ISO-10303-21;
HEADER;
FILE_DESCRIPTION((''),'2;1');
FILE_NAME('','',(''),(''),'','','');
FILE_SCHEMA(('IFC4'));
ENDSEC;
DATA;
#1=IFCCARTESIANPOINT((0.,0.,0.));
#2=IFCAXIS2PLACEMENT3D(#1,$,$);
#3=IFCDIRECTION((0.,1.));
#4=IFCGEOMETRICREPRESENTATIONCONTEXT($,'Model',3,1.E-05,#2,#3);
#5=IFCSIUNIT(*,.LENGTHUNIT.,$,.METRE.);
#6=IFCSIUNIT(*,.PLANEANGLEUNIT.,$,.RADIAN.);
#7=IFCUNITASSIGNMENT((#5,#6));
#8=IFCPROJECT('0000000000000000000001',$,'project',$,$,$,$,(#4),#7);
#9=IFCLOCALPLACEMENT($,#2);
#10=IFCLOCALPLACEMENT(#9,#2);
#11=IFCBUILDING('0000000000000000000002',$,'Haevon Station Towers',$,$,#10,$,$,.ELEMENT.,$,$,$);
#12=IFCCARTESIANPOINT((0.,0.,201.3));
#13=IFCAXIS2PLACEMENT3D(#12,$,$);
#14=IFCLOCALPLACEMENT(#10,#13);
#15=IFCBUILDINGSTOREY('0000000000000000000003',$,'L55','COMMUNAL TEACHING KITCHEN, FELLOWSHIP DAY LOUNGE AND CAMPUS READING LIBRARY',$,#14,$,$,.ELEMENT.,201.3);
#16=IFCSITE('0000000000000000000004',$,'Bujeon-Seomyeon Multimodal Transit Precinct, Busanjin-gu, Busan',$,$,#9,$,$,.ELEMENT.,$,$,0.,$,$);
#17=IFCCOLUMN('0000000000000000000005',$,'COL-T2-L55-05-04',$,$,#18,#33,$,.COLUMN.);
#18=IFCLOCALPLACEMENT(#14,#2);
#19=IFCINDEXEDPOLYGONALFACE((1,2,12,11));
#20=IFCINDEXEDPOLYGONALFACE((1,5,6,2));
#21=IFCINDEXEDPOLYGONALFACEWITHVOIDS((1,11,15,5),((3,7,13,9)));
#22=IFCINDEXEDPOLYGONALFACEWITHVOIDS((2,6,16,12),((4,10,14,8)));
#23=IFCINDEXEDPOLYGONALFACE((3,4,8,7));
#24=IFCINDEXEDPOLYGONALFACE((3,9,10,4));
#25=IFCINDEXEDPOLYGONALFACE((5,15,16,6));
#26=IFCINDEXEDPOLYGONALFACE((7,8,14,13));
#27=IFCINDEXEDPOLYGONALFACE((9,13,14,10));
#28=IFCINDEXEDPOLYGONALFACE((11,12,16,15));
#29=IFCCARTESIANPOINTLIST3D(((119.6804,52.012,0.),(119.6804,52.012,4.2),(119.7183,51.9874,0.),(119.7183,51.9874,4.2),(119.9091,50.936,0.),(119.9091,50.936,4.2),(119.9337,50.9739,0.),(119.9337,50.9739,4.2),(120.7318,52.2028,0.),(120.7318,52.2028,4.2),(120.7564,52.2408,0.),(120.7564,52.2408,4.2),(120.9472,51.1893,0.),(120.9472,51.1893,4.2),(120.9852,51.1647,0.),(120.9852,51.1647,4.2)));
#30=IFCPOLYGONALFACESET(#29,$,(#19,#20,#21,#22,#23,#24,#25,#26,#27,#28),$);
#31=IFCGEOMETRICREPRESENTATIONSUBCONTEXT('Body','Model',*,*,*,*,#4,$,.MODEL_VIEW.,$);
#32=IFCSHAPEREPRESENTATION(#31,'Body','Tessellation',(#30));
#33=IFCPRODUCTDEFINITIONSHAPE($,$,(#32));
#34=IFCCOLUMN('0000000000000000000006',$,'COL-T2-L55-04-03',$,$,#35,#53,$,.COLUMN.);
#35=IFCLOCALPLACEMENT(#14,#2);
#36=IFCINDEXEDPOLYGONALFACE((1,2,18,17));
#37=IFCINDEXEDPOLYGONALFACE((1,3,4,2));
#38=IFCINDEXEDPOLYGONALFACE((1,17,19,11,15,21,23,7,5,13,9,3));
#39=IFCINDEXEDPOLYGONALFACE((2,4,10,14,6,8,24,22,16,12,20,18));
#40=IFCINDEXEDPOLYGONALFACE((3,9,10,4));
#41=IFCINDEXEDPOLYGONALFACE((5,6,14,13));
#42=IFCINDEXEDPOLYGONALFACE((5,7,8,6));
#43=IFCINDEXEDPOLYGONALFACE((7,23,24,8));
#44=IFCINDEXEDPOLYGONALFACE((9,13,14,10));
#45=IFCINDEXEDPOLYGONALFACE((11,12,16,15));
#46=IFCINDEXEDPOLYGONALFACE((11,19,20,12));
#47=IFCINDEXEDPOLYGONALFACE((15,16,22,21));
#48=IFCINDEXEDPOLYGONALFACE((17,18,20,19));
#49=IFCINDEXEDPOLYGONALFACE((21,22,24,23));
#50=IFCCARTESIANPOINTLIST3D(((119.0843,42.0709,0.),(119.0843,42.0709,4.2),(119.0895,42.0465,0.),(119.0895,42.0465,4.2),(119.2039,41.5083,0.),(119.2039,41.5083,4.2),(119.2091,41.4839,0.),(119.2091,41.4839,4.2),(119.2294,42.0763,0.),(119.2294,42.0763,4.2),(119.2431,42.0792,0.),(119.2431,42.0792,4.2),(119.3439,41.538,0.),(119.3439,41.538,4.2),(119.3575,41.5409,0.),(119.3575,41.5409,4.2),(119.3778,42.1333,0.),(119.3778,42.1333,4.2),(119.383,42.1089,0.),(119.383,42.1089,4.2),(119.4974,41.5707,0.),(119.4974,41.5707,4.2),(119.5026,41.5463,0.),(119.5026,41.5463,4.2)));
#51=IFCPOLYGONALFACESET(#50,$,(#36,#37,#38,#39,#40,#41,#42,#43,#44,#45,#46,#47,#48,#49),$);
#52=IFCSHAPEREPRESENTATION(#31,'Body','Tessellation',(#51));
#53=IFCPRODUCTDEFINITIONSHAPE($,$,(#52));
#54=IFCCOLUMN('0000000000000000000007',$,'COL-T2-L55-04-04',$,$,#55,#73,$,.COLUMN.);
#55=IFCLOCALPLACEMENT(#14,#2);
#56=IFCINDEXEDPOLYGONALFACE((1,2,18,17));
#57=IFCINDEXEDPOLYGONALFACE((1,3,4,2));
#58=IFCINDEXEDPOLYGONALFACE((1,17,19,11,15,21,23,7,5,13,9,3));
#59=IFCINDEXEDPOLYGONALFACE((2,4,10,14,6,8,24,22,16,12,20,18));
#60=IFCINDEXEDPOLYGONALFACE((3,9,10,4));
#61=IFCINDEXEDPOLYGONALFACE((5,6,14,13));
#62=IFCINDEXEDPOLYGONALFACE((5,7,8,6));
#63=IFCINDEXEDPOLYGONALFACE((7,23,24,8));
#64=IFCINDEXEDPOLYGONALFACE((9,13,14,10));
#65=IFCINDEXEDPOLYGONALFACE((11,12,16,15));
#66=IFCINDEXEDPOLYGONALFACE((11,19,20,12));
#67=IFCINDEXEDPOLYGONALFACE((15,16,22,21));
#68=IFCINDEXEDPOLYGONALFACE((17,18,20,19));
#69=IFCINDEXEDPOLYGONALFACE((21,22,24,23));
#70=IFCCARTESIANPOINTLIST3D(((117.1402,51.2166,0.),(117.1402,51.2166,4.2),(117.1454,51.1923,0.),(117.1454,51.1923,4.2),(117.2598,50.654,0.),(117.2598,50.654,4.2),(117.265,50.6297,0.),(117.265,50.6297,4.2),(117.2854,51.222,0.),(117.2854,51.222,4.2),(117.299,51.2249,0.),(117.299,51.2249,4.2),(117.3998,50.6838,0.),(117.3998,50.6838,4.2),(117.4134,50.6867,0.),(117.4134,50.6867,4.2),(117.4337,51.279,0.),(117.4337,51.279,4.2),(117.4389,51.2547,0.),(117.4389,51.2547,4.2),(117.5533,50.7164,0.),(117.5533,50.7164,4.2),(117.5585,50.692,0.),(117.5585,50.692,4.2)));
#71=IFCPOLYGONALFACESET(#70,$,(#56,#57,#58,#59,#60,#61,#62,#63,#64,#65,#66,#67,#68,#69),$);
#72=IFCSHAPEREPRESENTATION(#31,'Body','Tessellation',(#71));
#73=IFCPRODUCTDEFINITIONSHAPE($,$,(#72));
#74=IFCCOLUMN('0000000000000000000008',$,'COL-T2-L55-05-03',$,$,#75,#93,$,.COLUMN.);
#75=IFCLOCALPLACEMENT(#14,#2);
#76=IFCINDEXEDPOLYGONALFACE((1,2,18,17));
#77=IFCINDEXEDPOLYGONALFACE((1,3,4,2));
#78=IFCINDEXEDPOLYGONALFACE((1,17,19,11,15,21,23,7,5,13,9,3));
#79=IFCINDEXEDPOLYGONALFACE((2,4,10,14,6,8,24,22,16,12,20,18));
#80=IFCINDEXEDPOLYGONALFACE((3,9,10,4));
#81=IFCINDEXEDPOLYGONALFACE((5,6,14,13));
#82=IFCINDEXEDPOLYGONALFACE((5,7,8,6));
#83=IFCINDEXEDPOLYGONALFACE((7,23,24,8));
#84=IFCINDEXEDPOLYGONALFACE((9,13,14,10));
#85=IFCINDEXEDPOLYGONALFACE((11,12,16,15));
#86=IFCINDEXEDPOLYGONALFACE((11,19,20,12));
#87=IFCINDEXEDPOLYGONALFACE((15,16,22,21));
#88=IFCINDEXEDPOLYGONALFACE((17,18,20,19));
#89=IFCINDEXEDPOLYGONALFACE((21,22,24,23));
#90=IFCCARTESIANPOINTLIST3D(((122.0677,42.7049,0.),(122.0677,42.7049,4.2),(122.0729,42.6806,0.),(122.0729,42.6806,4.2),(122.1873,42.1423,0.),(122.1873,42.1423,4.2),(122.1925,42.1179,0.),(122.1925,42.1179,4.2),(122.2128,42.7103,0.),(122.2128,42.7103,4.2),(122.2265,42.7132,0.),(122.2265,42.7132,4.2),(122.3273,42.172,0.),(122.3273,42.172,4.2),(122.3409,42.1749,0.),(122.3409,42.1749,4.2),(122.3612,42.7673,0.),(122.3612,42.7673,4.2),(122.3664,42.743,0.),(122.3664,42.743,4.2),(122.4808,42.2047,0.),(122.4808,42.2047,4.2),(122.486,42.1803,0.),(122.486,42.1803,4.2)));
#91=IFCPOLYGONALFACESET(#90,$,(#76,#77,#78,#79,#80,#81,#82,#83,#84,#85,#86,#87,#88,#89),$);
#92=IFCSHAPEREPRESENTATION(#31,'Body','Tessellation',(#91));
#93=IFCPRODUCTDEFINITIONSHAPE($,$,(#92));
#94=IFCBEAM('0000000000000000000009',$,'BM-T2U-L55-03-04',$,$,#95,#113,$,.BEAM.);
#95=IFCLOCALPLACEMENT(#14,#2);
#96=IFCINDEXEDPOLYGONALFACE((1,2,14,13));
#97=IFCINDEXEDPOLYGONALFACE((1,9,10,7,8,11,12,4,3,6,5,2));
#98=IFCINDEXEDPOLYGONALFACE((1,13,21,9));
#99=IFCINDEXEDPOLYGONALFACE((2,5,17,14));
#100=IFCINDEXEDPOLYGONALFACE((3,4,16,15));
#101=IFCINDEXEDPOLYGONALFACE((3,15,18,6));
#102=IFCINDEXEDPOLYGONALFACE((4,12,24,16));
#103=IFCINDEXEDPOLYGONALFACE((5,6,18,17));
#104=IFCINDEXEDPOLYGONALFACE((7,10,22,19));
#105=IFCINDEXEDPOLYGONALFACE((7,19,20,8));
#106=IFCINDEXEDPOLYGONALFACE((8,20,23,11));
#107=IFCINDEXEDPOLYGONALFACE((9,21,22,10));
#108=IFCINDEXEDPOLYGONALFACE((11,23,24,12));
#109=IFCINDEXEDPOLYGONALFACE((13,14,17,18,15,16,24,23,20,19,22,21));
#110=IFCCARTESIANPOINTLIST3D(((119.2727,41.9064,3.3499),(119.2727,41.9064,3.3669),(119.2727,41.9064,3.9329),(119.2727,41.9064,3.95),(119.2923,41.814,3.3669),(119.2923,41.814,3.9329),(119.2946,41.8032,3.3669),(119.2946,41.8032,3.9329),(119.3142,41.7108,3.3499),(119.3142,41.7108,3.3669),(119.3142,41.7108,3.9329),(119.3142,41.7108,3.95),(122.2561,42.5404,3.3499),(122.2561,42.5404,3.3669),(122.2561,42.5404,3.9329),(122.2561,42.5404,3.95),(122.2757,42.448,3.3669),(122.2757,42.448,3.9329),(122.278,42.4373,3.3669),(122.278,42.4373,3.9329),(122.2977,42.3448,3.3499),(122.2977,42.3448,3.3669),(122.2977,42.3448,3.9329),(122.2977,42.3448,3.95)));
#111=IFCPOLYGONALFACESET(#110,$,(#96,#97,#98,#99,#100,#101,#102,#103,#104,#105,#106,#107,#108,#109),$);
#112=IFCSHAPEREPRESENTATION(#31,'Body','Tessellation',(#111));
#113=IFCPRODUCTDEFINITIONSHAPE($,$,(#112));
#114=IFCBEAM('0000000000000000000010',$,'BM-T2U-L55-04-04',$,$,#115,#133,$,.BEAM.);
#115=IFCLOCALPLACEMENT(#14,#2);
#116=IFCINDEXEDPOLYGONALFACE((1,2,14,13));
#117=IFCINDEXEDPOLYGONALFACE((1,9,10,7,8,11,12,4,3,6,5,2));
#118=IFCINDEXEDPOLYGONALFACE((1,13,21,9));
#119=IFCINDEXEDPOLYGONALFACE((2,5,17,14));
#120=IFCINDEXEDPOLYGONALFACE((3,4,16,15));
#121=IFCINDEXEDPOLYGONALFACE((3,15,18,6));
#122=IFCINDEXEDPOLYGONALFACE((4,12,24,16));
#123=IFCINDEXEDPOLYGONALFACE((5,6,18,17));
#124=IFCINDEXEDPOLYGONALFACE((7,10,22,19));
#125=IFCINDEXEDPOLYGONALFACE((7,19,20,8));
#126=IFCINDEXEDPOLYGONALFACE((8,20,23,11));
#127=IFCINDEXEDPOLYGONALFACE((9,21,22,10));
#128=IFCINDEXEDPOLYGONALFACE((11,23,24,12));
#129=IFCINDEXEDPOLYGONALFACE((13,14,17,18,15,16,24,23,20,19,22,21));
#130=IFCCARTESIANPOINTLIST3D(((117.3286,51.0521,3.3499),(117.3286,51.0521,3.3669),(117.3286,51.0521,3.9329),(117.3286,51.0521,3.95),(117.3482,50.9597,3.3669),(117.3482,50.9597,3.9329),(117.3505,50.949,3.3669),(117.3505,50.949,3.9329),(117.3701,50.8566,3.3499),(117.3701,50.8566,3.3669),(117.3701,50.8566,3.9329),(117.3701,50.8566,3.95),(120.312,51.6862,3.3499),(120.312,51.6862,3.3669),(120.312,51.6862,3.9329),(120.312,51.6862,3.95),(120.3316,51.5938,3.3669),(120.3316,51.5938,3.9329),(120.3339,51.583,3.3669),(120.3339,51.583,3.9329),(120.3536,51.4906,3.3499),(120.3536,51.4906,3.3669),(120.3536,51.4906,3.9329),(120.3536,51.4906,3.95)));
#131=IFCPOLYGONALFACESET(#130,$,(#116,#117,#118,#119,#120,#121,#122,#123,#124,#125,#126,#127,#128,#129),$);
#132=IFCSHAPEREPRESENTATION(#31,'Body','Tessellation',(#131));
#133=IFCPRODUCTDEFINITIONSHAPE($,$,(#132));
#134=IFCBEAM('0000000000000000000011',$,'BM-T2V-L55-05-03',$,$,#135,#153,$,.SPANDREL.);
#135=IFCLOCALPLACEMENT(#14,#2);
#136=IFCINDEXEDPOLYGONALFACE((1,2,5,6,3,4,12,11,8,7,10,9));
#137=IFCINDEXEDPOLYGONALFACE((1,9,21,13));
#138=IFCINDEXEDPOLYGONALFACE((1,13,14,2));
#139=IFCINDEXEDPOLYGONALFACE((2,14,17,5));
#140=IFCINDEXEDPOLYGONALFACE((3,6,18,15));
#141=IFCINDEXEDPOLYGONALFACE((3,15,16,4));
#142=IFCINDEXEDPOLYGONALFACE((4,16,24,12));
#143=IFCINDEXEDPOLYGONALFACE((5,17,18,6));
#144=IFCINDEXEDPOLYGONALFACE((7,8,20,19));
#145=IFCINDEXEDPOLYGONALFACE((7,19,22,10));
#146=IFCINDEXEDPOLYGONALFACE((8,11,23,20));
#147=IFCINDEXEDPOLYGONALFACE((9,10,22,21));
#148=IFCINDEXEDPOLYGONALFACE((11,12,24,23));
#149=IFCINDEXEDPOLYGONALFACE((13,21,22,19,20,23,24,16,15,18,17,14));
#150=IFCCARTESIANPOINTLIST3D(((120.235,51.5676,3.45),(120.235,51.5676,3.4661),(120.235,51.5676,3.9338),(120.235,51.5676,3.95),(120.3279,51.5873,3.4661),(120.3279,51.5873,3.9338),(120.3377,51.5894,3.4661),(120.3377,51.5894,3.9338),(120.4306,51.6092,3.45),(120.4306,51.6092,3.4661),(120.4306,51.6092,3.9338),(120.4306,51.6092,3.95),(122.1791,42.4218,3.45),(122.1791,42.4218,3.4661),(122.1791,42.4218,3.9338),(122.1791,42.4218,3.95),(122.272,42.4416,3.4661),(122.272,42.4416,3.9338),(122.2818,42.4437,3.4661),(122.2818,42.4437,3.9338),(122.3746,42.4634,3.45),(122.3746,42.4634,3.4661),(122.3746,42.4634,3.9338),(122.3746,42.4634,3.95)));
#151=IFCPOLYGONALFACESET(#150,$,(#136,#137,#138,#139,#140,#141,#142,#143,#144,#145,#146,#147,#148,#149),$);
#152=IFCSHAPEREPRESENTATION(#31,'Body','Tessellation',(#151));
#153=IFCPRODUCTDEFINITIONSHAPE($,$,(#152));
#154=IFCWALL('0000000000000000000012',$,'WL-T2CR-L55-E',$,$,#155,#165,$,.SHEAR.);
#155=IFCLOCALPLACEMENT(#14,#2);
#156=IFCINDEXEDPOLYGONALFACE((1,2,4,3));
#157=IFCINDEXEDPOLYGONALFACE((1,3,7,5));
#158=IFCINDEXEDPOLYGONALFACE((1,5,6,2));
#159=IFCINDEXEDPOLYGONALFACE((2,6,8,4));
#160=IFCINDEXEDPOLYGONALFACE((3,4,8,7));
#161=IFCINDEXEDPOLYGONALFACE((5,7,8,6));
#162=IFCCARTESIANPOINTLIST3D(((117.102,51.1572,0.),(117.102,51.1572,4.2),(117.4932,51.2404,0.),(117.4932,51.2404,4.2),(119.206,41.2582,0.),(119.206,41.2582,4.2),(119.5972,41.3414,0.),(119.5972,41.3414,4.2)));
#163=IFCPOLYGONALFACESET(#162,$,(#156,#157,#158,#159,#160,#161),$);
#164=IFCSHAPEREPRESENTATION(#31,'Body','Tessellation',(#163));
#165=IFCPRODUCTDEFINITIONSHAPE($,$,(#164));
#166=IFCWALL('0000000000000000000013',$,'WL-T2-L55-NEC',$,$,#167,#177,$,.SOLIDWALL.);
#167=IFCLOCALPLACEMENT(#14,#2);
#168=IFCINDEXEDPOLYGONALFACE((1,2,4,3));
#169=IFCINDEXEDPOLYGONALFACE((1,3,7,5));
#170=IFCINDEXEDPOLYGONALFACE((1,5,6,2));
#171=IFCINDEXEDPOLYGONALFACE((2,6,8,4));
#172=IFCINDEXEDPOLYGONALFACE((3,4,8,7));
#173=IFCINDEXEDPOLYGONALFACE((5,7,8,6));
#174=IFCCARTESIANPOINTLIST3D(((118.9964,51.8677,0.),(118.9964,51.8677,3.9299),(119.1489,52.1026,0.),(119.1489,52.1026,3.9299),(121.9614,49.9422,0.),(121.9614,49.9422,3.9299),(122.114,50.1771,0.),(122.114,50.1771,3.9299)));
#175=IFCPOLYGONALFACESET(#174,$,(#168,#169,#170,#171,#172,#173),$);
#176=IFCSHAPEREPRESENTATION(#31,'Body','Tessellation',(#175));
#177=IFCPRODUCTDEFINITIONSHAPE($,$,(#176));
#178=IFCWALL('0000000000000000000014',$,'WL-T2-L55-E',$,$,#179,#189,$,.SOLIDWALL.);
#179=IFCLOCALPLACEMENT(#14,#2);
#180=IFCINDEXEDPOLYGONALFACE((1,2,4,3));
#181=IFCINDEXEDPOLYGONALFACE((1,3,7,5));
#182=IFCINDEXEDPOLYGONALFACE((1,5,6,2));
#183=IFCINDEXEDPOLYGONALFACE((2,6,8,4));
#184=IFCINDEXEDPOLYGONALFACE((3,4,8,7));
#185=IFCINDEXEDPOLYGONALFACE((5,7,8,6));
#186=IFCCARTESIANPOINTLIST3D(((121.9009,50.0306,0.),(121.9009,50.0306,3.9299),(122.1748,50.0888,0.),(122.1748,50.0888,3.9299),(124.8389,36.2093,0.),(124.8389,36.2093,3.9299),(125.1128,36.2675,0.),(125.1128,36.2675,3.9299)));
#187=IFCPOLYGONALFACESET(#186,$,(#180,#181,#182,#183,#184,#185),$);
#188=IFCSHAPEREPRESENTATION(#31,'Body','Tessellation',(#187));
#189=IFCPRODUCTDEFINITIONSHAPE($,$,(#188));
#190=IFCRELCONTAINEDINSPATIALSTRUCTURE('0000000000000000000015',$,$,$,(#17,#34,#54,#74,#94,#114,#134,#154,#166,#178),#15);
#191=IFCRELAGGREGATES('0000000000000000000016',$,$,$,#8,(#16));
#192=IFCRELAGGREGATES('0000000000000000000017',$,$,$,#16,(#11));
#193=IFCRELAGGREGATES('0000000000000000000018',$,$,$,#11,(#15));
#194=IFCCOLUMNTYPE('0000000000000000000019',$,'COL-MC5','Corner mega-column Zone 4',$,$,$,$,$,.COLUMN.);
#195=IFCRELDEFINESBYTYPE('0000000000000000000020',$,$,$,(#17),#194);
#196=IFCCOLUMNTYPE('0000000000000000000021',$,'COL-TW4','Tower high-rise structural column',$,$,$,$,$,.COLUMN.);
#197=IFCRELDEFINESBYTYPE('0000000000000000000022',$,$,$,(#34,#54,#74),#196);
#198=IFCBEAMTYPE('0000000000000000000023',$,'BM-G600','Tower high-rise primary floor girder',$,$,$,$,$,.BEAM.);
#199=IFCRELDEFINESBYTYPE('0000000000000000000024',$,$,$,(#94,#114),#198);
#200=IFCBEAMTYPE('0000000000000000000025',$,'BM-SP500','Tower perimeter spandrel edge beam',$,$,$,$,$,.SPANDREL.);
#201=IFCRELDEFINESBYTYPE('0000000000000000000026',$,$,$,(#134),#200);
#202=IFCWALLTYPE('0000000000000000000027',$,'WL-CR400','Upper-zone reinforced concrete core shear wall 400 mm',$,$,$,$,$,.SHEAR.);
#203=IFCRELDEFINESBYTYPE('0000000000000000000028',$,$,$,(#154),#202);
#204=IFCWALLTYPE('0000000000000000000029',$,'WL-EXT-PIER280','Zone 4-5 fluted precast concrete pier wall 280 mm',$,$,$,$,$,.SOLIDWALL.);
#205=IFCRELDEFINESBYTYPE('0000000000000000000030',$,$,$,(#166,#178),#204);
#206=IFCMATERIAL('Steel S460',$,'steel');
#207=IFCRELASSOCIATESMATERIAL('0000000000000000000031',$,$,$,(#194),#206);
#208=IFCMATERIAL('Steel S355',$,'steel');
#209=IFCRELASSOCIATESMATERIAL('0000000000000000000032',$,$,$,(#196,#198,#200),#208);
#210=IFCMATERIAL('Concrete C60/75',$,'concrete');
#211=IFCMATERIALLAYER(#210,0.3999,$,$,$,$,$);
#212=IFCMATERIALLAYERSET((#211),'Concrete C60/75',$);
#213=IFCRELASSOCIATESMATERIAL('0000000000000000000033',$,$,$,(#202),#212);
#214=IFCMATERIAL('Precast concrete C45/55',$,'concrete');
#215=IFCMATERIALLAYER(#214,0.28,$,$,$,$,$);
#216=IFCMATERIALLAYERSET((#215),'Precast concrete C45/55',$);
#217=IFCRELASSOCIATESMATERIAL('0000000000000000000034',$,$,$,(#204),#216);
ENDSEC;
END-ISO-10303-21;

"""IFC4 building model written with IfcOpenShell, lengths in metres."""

from ifc_helpers import new_model, si_unit, direction, frame, frame_2d, origin, origin_2d, place, context, subcontext, project, spatial, rectangle, hollow_rectangle, i_section, extrude, material, layer, layer_set, material_profile, profile_set, type_object, element, save


model = new_model("IFC4")

# Units and contexts
model_context = context("Model", 3, precision=1e-05, world=origin(), true_north=direction((0.0, 1.0)))
body_context = subcontext(model_context, "Body", "Model", "MODEL_VIEW")
ifc_project = project(units=[si_unit("LENGTHUNIT", "METRE"), si_unit("PLANEANGLEUNIT", "RADIAN")], contexts=[model_context])

# Site, building, storey
site_placement = place(None, origin())
site = spatial("IfcSite", under=ifc_project, at=site_placement, Name="Bujeon-Seomyeon Multimodal Transit Precinct, Busanjin-gu, Busan", CompositionType="ELEMENT", RefElevation=0.0)
building_placement = place(site_placement, origin())
building = spatial("IfcBuilding", under=site, at=building_placement, Name="Haevon Station Towers", CompositionType="ELEMENT")
storey_placement = place(building_placement, frame((0.0, 0.0, 201.3)))
storey = spatial("IfcBuildingStorey", under=building, at=storey_placement, Name="L55", Description="COMMUNAL TEACHING KITCHEN, FELLOWSHIP DAY LOUNGE AND CAMPUS READING LIBRARY", CompositionType="ELEMENT", Elevation=201.3)

# Columns
ifc_material_1 = material(Name="Steel S460", Category="steel")
ifc_material_profile_1 = material_profile(ifc_material_1, hollow_rectangle(XDim=1.1001, YDim=1.1001, WallThickness=0.032, at=origin_2d()), Name="BOX-1100x1100x32")
ifc_profile_set_1 = profile_set([ifc_material_profile_1], Name="Steel S460")
column_type_1 = type_object("IfcColumnType", Name="COL-MC5", Description="Corner mega-column Zone 4", PredefinedType="COLUMN", material=ifc_profile_set_1)
column_placement = place(storey_placement, frame((120.3328, 51.5884, 0.0), z_axis=(0.0, 0.0, 1.0), x_axis=(0.978148, 0.207912, 0.0)))
element("IfcColumn", 1, at=column_placement, inside=storey, type_object=column_type_1, Name="COL-T2-L55-05-04", PredefinedType="COLUMN", context=body_context, shape_type="SweptSolid", body=[
    extrude(hollow_rectangle(XDim=1.1001, YDim=1.1001, WallThickness=0.032, at=origin_2d()), origin(), (0.0, 0.0, 1.0), 4.2),
])
ifc_material_2 = material(Name="Steel S355", Category="steel")
ifc_material_profile_2 = material_profile(ifc_material_2, i_section(OverallWidth=0.3, OverallDepth=0.6001, WebThickness=0.0139, FlangeThickness=0.0249, at=origin_2d()), Name="H-600x300x14x25")
ifc_profile_set_2 = profile_set([ifc_material_profile_2], Name="Steel S355")
column_type_2 = type_object("IfcColumnType", Name="COL-TW4", Description="Tower high-rise structural column", PredefinedType="COLUMN", material=ifc_profile_set_2)
for number, where, z_axis, x_axis, name in (
    (2, (119.2935, 41.8086, 0.0), (0.0, 0.0, 1.0), (0.978148, 0.207912, 0.0), "COL-T2-L55-04-03"),
    (3, (117.3494, 50.9543, 0.0), (0.0, 0.0, 1.0), (0.978148, 0.207912, 0.0), "COL-T2-L55-04-04"),
    (4, (122.2769, 42.4426, 0.0), (0.0, 0.0, 1.0), (0.978148, 0.207912, 0.0), "COL-T2-L55-05-03"),
):
    element("IfcColumn", number, at=place(storey_placement, frame(where, z_axis=z_axis, x_axis=x_axis)), inside=storey, type_object=column_type_2, Name=name, PredefinedType="COLUMN", context=body_context, shape_type="SweptSolid", body=[
        extrude(i_section(OverallWidth=0.3, OverallDepth=0.6001, WebThickness=0.0139, FlangeThickness=0.0249, at=origin_2d()), origin(), (0.0, 0.0, 1.0), 4.2),
    ])

# Beams
ifc_material_profile_3 = material_profile(ifc_material_2, i_section(OverallWidth=0.2, OverallDepth=0.6001, WebThickness=0.011, FlangeThickness=0.0171, at=origin_2d()), Name="H-600x200x11x17")
ifc_profile_set_3 = profile_set([ifc_material_profile_3], Name="Steel S355")
beam_type_1 = type_object("IfcBeamType", Name="BM-G600", Description="Tower high-rise primary floor girder", PredefinedType="BEAM", material=ifc_profile_set_3)
for number, where, z_axis, x_axis, name in (
    (5, (119.2935, 41.8086, 3.6499), (0.978155, 0.207878, 0.0), (-0.207878, 0.978155, 0.0), "BM-T2U-L55-03-04"),
    (6, (117.3494, 50.9543, 3.6499), (0.978155, 0.207878, 0.0), (-0.207878, 0.978155, 0.0), "BM-T2U-L55-04-04"),
):
    element("IfcBeam", number, at=place(storey_placement, frame(where, z_axis=z_axis, x_axis=x_axis)), inside=storey, type_object=beam_type_1, Name=name, PredefinedType="BEAM", context=body_context, shape_type="SweptSolid", body=[
        extrude(i_section(OverallWidth=0.2, OverallDepth=0.6001, WebThickness=0.011, FlangeThickness=0.0171, at=origin_2d()), origin(), (0.0, 0.0, 1.0), 3.05),
    ])
ifc_material_profile_4 = material_profile(ifc_material_2, i_section(OverallWidth=0.2, OverallDepth=0.5, WebThickness=0.01, FlangeThickness=0.0161, at=origin_2d()), Name="H-500x200x10x16")
ifc_profile_set_4 = profile_set([ifc_material_profile_4], Name="Steel S355")
beam_type_2 = type_object("IfcBeamType", Name="BM-SP500", Description="Tower perimeter spandrel edge beam", PredefinedType="SPANDREL", material=ifc_profile_set_4)
beam_placement = place(storey_placement, frame((122.2769, 42.4426, 3.7), z_axis=(-0.207922, 0.978145, 0.0), x_axis=(-0.978145, -0.207922, 0.0)))
element("IfcBeam", 7, at=beam_placement, inside=storey, type_object=beam_type_2, Name="BM-T2V-L55-05-03", PredefinedType="SPANDREL", context=body_context, shape_type="SweptSolid", body=[
    extrude(i_section(OverallWidth=0.2, OverallDepth=0.5, WebThickness=0.01, FlangeThickness=0.0161, at=origin_2d()), origin(), (0.0, 0.0, 1.0), 9.3501),
])

# Walls
ifc_material_3 = material(Name="Concrete C60/75", Category="concrete")
ifc_layer_1 = layer(ifc_material_3, 0.3999)
ifc_layer_set_1 = layer_set([ifc_layer_1], Name="Concrete C60/75")
wall_type_1 = type_object("IfcWallType", Name="WL-CR400", Description="Upper-zone reinforced concrete core shear wall 400 mm", PredefinedType="SHEAR", material=ifc_layer_set_1)
wall_1_placement = place(storey_placement, frame((119.4016, 41.2998, 0.0), z_axis=(0.0, 0.0, 1.0), x_axis=(-0.207904, 0.978149, 0.0)))
element("IfcWall", 8, at=wall_1_placement, inside=storey, type_object=wall_type_1, Name="WL-T2CR-L55-E", PredefinedType="SHEAR", context=body_context, shape_type="SweptSolid", body=[
    extrude(rectangle(XDim=10.1201, YDim=0.3999, at=frame_2d((5.0601, 0.0))), origin(), (0.0, 0.0, 1.0), 4.2),
])
ifc_material_4 = material(Name="Precast concrete C45/55", Category="concrete")
ifc_layer_2 = layer(ifc_material_4, 0.28)
ifc_layer_set_2 = layer_set([ifc_layer_2], Name="Precast concrete C45/55")
wall_type_2 = type_object("IfcWallType", Name="WL-EXT-PIER280", Description="Zone 4-5 fluted precast concrete pier wall 280 mm", PredefinedType="SOLIDWALL", material=ifc_layer_set_2)
wall_2_placement = place(storey_placement, frame((119.0728, 51.9851, 0.0), z_axis=(0.0, 0.0, 1.0), x_axis=(0.838672, -0.544636, 0.0)))
element("IfcWall", 9, at=wall_2_placement, inside=storey, type_object=wall_type_2, Name="WL-T2-L55-NEC", PredefinedType="SOLIDWALL", context=body_context, shape_type="SweptSolid", body=[
    extrude(rectangle(XDim=3.5354, YDim=0.28, at=frame_2d((1.7676, 0.0))), origin(), (0.0, 0.0, 1.0), 3.9299),
])
wall_3_placement = place(storey_placement, frame((122.0378, 50.0596, 0.0), z_axis=(0.0, 0.0, 1.0), x_axis=(0.207924, -0.978145, 0.0)))
element("IfcWall", 10, at=wall_3_placement, inside=storey, type_object=wall_type_2, Name="WL-T2-L55-E", PredefinedType="SOLIDWALL", context=body_context, shape_type="SweptSolid", body=[
    extrude(rectangle(XDim=14.1301, YDim=0.28, at=frame_2d((7.0649, 0.0))), origin(), (0.0, 0.0, 1.0), 3.9299),
])

save(model, "model.ifc")
